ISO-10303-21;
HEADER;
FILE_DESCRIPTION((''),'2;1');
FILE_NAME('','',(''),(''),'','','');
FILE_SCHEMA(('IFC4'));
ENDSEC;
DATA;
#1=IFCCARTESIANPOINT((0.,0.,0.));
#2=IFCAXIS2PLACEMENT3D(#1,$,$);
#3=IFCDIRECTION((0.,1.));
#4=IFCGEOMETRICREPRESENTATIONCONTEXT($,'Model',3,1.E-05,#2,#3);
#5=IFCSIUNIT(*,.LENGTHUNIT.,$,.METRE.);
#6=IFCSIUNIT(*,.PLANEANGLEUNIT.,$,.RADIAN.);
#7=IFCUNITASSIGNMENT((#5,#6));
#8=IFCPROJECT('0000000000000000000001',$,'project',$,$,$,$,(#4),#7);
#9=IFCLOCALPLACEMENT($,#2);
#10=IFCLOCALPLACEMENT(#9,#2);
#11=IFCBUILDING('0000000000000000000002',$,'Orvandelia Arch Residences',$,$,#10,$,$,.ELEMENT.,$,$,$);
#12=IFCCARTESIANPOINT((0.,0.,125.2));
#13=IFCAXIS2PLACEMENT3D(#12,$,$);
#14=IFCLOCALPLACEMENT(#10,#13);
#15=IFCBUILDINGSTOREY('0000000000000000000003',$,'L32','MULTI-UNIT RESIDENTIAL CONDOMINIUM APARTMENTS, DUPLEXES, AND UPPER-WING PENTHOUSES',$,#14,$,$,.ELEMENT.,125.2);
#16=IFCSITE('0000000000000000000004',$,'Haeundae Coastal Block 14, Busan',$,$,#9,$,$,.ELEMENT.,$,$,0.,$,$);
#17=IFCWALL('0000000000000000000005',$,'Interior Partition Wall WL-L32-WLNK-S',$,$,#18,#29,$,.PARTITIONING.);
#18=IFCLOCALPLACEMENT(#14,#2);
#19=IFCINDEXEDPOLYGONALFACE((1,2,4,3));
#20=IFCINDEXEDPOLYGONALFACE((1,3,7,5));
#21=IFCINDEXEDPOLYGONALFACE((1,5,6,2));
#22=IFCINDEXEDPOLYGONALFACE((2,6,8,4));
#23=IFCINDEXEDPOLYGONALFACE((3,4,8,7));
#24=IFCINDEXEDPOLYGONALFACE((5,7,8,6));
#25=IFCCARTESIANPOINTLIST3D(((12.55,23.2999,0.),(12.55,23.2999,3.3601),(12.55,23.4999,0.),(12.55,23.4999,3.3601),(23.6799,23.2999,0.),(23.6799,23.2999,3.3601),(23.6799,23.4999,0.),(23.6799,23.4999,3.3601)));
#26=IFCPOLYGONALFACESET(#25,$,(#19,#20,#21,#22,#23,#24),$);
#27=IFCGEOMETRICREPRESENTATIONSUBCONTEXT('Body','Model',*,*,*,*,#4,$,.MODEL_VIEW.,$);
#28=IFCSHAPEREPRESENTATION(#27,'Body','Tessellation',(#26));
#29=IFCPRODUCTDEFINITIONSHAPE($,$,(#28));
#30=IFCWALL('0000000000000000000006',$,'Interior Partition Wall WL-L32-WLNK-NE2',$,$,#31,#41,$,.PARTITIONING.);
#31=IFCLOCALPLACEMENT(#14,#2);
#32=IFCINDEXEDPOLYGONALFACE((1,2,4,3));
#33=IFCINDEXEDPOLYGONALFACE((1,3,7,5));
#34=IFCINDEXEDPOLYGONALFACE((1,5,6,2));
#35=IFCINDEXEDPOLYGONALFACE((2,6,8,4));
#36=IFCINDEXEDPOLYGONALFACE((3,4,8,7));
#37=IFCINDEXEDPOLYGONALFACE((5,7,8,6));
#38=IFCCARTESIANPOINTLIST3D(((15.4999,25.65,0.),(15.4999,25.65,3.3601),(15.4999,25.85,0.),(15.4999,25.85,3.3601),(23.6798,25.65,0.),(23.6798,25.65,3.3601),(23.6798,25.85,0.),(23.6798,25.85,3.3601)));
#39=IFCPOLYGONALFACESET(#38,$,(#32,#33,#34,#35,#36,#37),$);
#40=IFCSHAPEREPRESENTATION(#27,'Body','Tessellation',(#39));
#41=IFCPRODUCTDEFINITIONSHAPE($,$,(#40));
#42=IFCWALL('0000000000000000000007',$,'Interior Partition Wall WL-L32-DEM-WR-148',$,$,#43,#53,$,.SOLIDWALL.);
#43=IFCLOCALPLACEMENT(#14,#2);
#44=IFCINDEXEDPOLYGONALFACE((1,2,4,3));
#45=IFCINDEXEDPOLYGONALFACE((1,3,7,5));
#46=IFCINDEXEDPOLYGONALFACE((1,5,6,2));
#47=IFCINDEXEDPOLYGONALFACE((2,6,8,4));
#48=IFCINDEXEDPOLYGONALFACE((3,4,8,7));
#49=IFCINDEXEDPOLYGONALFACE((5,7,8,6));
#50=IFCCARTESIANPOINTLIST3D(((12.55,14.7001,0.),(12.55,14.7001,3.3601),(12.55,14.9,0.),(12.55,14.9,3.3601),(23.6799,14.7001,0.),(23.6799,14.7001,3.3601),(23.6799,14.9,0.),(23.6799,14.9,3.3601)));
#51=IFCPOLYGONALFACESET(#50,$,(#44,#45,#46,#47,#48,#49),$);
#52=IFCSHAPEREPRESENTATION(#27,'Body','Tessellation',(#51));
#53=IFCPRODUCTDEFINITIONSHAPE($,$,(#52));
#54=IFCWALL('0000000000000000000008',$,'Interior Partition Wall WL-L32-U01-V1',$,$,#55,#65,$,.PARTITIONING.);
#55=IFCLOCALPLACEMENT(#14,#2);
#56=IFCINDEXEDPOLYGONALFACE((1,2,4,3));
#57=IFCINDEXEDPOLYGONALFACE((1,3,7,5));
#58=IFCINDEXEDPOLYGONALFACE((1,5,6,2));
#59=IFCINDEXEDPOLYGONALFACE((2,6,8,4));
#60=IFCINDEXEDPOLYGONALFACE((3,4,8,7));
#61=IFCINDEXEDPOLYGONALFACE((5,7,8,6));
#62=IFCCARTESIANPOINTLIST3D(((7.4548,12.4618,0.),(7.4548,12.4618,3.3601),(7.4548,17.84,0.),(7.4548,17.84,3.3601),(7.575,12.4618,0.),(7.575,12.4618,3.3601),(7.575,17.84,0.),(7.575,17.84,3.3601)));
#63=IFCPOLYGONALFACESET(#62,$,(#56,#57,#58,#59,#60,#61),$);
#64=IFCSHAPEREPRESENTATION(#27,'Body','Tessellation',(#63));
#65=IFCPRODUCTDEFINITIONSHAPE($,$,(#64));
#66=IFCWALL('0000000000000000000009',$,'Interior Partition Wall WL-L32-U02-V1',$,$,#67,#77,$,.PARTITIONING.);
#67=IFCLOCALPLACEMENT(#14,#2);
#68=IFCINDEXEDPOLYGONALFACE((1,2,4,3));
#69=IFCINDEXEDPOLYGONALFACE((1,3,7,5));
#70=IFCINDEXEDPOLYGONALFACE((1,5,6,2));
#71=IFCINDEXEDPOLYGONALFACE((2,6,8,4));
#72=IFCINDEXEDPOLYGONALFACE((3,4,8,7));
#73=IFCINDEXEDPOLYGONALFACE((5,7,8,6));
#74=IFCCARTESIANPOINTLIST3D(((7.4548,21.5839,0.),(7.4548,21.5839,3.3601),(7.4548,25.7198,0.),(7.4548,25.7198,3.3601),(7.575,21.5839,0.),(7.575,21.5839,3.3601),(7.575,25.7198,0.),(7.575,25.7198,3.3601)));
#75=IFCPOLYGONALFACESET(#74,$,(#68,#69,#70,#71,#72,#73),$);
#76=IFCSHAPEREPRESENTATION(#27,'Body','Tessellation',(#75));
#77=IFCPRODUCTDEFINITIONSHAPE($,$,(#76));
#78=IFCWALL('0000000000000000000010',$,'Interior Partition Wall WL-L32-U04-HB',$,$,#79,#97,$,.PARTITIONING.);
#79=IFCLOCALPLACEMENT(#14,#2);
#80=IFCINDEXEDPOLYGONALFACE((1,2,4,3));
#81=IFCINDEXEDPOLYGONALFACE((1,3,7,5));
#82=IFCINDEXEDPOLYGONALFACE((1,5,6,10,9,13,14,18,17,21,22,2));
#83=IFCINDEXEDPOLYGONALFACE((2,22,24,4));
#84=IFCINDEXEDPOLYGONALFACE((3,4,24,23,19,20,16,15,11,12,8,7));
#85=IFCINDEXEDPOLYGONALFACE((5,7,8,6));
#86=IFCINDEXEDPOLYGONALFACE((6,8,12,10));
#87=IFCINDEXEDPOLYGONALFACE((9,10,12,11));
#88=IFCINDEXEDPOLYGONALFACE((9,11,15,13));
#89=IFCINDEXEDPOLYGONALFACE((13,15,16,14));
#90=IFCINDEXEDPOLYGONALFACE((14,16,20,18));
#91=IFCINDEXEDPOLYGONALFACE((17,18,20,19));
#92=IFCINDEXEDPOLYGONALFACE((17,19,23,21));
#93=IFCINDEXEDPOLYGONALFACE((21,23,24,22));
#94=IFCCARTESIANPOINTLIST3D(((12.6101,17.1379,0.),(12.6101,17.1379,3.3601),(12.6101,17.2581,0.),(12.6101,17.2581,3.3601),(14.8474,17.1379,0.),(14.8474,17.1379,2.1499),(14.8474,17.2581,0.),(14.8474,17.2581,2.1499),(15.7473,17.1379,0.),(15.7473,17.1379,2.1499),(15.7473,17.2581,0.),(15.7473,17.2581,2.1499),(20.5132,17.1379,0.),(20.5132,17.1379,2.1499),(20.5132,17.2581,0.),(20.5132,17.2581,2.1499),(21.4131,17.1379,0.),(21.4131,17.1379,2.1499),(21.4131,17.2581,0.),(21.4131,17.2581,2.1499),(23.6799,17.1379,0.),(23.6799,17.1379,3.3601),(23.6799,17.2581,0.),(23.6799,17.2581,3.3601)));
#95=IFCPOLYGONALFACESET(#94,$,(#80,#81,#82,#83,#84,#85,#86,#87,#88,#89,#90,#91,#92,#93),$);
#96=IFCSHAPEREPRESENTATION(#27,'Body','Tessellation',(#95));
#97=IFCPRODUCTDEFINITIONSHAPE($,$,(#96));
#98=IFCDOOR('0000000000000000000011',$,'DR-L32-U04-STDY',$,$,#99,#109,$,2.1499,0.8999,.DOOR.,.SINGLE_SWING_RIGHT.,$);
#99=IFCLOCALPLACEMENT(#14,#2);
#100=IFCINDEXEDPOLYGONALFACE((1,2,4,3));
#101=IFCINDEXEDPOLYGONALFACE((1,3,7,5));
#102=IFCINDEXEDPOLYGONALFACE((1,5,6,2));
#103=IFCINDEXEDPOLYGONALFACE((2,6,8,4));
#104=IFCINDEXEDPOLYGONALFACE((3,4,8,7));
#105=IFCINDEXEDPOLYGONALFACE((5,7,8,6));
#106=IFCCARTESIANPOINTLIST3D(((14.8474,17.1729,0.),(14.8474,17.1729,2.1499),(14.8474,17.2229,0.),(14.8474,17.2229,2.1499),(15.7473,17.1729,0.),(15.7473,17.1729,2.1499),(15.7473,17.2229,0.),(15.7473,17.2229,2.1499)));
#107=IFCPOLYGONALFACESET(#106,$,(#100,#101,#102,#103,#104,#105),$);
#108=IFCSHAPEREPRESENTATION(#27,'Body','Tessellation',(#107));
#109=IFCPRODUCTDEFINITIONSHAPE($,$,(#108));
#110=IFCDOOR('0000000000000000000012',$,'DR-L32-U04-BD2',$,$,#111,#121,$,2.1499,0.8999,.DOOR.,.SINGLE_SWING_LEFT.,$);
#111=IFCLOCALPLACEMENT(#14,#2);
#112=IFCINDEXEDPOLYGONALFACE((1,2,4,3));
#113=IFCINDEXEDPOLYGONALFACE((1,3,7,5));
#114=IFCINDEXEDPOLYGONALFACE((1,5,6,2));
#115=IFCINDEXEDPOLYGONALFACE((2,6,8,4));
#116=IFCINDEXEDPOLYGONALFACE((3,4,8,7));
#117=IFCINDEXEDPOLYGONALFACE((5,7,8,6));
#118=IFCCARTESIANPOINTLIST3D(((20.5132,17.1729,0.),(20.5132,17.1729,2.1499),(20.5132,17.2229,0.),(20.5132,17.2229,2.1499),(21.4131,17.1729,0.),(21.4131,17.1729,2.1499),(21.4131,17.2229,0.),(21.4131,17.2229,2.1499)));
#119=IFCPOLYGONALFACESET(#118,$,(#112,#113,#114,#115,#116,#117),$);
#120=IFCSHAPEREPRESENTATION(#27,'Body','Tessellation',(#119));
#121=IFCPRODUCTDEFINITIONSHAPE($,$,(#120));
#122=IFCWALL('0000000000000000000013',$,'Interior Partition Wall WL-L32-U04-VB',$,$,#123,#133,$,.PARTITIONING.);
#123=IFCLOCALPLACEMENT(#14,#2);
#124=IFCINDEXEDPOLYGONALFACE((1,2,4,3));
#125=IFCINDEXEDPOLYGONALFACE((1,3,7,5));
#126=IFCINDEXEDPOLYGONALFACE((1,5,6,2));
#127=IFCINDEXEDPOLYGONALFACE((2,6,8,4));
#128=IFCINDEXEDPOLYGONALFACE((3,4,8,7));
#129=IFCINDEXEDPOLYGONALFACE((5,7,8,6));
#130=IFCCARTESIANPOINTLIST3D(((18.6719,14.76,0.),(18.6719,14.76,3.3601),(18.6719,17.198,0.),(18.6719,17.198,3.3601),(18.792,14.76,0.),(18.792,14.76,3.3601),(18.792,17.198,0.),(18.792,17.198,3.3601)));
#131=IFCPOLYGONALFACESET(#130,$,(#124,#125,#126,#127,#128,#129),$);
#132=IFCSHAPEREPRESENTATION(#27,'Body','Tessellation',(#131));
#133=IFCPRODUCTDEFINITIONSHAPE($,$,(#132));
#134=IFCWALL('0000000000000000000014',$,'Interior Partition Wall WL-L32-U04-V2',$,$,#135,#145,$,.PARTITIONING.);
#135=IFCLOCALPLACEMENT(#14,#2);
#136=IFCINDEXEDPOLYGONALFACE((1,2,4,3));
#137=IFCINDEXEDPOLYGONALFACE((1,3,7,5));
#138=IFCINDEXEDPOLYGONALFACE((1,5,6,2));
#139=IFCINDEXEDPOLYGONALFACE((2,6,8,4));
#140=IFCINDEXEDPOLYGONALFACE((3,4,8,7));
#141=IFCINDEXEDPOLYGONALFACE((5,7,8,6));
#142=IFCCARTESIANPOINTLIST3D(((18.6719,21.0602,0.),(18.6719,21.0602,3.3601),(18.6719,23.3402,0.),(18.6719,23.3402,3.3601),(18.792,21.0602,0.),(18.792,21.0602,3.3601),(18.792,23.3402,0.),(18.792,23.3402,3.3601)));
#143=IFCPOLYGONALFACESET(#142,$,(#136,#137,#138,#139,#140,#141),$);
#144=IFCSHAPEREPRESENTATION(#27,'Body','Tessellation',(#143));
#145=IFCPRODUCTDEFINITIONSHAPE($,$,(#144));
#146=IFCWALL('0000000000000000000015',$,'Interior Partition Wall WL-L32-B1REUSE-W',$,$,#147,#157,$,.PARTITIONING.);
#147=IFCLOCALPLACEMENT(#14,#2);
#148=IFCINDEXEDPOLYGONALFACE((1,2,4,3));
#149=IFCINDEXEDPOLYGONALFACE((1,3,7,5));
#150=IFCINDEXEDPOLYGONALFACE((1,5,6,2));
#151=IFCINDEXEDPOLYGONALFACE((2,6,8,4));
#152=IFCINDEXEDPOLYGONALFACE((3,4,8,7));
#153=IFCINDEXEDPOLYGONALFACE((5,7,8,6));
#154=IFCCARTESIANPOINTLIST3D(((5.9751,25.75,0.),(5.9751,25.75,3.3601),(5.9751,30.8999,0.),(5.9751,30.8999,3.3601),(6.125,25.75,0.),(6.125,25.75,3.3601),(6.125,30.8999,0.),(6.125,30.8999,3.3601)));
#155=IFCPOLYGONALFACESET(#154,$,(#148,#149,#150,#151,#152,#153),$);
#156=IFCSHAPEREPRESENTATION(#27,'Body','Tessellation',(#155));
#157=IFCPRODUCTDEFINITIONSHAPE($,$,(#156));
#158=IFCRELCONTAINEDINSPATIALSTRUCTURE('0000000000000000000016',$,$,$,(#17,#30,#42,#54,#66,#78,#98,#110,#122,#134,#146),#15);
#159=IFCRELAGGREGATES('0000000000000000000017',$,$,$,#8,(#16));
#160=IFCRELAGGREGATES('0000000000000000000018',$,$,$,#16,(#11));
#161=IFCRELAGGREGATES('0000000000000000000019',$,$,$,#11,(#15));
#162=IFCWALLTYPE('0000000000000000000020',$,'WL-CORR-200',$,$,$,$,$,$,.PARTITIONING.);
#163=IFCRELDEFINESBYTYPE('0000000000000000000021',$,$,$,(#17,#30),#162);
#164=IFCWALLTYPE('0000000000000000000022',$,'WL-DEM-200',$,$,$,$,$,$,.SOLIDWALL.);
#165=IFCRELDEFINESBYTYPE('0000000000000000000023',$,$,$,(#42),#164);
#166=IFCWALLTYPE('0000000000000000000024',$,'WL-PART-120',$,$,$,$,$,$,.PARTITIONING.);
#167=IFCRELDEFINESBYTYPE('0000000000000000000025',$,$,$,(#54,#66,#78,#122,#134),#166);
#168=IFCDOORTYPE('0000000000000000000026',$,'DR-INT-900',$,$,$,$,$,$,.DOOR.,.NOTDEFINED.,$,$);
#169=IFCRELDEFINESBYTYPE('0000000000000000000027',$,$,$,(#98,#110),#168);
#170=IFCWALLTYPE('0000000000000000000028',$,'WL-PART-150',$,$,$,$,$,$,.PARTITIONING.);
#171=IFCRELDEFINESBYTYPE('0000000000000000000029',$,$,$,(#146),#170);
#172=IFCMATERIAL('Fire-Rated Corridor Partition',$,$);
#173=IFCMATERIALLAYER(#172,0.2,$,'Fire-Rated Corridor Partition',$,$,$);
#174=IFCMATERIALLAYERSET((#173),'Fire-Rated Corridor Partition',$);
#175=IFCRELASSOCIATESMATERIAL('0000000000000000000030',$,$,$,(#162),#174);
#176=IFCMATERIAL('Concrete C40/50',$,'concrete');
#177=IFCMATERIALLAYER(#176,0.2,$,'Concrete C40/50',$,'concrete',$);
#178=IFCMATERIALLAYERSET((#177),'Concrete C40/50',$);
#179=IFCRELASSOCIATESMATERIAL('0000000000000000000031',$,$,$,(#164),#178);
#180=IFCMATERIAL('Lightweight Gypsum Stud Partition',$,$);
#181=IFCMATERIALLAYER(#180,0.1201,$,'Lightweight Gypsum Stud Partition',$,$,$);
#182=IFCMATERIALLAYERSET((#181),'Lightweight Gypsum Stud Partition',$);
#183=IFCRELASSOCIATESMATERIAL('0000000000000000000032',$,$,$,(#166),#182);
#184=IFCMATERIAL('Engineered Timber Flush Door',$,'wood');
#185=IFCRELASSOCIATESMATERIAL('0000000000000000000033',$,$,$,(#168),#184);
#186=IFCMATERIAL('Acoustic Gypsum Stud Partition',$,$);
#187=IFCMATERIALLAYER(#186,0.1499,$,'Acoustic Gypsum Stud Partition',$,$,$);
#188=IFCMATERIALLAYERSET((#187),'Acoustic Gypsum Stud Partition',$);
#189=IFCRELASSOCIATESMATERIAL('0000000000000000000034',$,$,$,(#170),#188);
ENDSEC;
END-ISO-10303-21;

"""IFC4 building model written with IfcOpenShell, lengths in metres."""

from ifc_helpers import new_model, si_unit, direction, frame, frame_2d, origin, place, context, subcontext, project, spatial, rectangle, extrude, material, layer, layer_set, type_object, element, fill, save


model = new_model("IFC4")

# Units and contexts
model_context = context("Model", 3, precision=1e-05, world=origin(), true_north=direction((0.0, 1.0)))
body_context = subcontext(model_context, "Body", "Model", "MODEL_VIEW")
ifc_project = project(units=[si_unit("LENGTHUNIT", "METRE"), si_unit("PLANEANGLEUNIT", "RADIAN")], contexts=[model_context])

# Site, building, storey
site_placement = place(None, origin())
site = spatial("IfcSite", under=ifc_project, at=site_placement, Name="Haeundae Coastal Block 14, Busan", CompositionType="ELEMENT", RefElevation=0.0)
building_placement = place(site_placement, origin())
building = spatial("IfcBuilding", under=site, at=building_placement, Name="Orvandelia Arch Residences", CompositionType="ELEMENT")
storey_placement = place(building_placement, frame((0.0, 0.0, 125.2)))
storey = spatial("IfcBuildingStorey", under=building, at=storey_placement, Name="L32", Description="MULTI-UNIT RESIDENTIAL CONDOMINIUM APARTMENTS, DUPLEXES, AND UPPER-WING PENTHOUSES", CompositionType="ELEMENT", Elevation=125.2)

# Walls
ifc_material_1 = material(Name="Fire-Rated Corridor Partition")
ifc_layer_1 = layer(ifc_material_1, 0.2, Name="Fire-Rated Corridor Partition")
ifc_layer_set_1 = layer_set([ifc_layer_1], Name="Fire-Rated Corridor Partition")
wall_type_1 = type_object("IfcWallType", Name="WL-CORR-200", PredefinedType="PARTITIONING", material=ifc_layer_set_1)
wall_1_placement = place(storey_placement, frame((12.55, 23.3999, 0.0), z_axis=(0.0, 0.0, 1.0), x_axis=(1.0, 0.0, 0.0)))
element("IfcWall", 1, at=wall_1_placement, inside=storey, type_object=wall_type_1, Name="Interior Partition Wall WL-L32-WLNK-S", PredefinedType="PARTITIONING", context=body_context, shape_type="SweptSolid", body=[
    extrude(rectangle(XDim=11.1299, YDim=0.2, at=frame_2d((5.5649, 0.0))), origin(), (0.0, 0.0, 1.0), 3.3601),
])
wall_2_placement = place(storey_placement, frame((15.5, 25.75, 0.0), z_axis=(0.0, 0.0, 1.0), x_axis=(1.0, 0.0, 0.0)))
element("IfcWall", 2, at=wall_2_placement, inside=storey, type_object=wall_type_1, Name="Interior Partition Wall WL-L32-WLNK-NE2", PredefinedType="PARTITIONING", context=body_context, shape_type="SweptSolid", body=[
    extrude(rectangle(XDim=8.1799, YDim=0.2, at=frame_2d((4.0898, 0.0))), origin(), (0.0, 0.0, 1.0), 3.3601),
])
ifc_material_2 = material(Name="Concrete C40/50", Category="concrete")
ifc_layer_2 = layer(ifc_material_2, 0.2, Name="Concrete C40/50", Category="concrete")
ifc_layer_set_2 = layer_set([ifc_layer_2], Name="Concrete C40/50")
wall_type_2 = type_object("IfcWallType", Name="WL-DEM-200", PredefinedType="SOLIDWALL", material=ifc_layer_set_2)
wall_3_placement = place(storey_placement, frame((12.55, 14.8, 0.0), z_axis=(0.0, 0.0, 1.0), x_axis=(1.0, 0.0, 0.0)))
element("IfcWall", 3, at=wall_3_placement, inside=storey, type_object=wall_type_2, Name="Interior Partition Wall WL-L32-DEM-WR-148", PredefinedType="SOLIDWALL", context=body_context, shape_type="SweptSolid", body=[
    extrude(rectangle(XDim=11.1299, YDim=0.2, at=frame_2d((5.5649, 0.0))), origin(), (0.0, 0.0, 1.0), 3.3601),
])
ifc_material_3 = material(Name="Lightweight Gypsum Stud Partition")
ifc_layer_3 = layer(ifc_material_3, 0.1201, Name="Lightweight Gypsum Stud Partition")
ifc_layer_set_3 = layer_set([ifc_layer_3], Name="Lightweight Gypsum Stud Partition")
wall_type_3 = type_object("IfcWallType", Name="WL-PART-120", PredefinedType="PARTITIONING", material=ifc_layer_set_3)
wall_4_placement = place(storey_placement, frame((7.5149, 12.4619, 0.0), z_axis=(0.0, 0.0, 1.0), x_axis=(0.0, 1.0, 0.0)))
element("IfcWall", 4, at=wall_4_placement, inside=storey, type_object=wall_type_3, Name="Interior Partition Wall WL-L32-U01-V1", PredefinedType="PARTITIONING", context=body_context, shape_type="SweptSolid", body=[
    extrude(rectangle(XDim=5.3782, YDim=0.1201, at=frame_2d((2.689, 0.0))), origin(), (0.0, 0.0, 1.0), 3.3601),
])
wall_5_placement = place(storey_placement, frame((7.5149, 21.584, 0.0), z_axis=(0.0, 0.0, 1.0), x_axis=(0.0, 1.0, 0.0)))
element("IfcWall", 5, at=wall_5_placement, inside=storey, type_object=wall_type_3, Name="Interior Partition Wall WL-L32-U02-V1", PredefinedType="PARTITIONING", context=body_context, shape_type="SweptSolid", body=[
    extrude(rectangle(XDim=4.136, YDim=0.1201, at=frame_2d((2.0679, 0.0))), origin(), (0.0, 0.0, 1.0), 3.3601),
])

# Wall, openings, doors
wall_6_placement = place(storey_placement, frame((12.6101, 17.198, 0.0), z_axis=(0.0, 0.0, 1.0), x_axis=(1.0, 0.0, 0.0)))
wall_6 = element("IfcWall", 6, at=wall_6_placement, inside=storey, type_object=wall_type_3, Name="Interior Partition Wall WL-L32-U04-HB", PredefinedType="PARTITIONING", context=body_context, shape_type="SweptSolid", body=[
    extrude(rectangle(XDim=11.0698, YDim=0.1201, at=frame_2d((5.5349, 0.0))), origin(), (0.0, 0.0, 1.0), 3.3601),
])
opening_1_placement = place(wall_6_placement, frame((2.2373, 0.0, 0.0)))
opening_1 = element("IfcOpeningElement", 7, at=opening_1_placement, cuts=wall_6, PredefinedType="OPENING", context=body_context, shape_type="SweptSolid", body=[
    extrude(rectangle(XDim=0.8999, YDim=2.1499, at=frame_2d((0.45, 1.075))), frame((0.0, 0.0701, 0.0), z_axis=(0.0, -1.0, 0.0), x_axis=(1.0, 0.0, 0.0)), (0.0, 0.0, 1.0), 0.1401),
])
opening_2_placement = place(wall_6_placement, frame((7.9031, 0.0, 0.0)))
opening_2 = element("IfcOpeningElement", 8, at=opening_2_placement, cuts=wall_6, PredefinedType="OPENING", context=body_context, shape_type="SweptSolid", body=[
    extrude(rectangle(XDim=0.8999, YDim=2.1499, at=frame_2d((0.45, 1.075))), frame((0.0, 0.0701, 0.0), z_axis=(0.0, -1.0, 0.0), x_axis=(1.0, 0.0, 0.0)), (0.0, 0.0, 1.0), 0.1401),
])
ifc_material_4 = material(Name="Engineered Timber Flush Door", Category="wood")
door_type_1 = type_object("IfcDoorType", Name="DR-INT-900", OperationType="NOTDEFINED", PredefinedType="DOOR", material=ifc_material_4)
door_1_placement = place(opening_1_placement, origin())
door_1 = element("IfcDoor", 9, at=door_1_placement, inside=storey, type_object=door_type_1, Name="DR-L32-U04-STDY", OperationType="SINGLE_SWING_RIGHT", OverallHeight=2.1499, OverallWidth=0.8999, PredefinedType="DOOR", context=body_context, shape_type="SweptSolid", body=[
    extrude(rectangle(XDim=0.8999, YDim=2.1499, at=frame_2d((0.45, 1.075))), frame((0.0, 0.0249, 0.0), z_axis=(0.0, -1.0, 0.0), x_axis=(1.0, 0.0, 0.0)), (0.0, 0.0, 1.0), 0.05),
])
fill(opening_1, door_1)
door_2_placement = place(opening_2_placement, origin())
door_2 = element("IfcDoor", 10, at=door_2_placement, inside=storey, type_object=door_type_1, Name="DR-L32-U04-BD2", OperationType="SINGLE_SWING_LEFT", OverallHeight=2.1499, OverallWidth=0.8999, PredefinedType="DOOR", context=body_context, shape_type="SweptSolid", body=[
    extrude(rectangle(XDim=0.8999, YDim=2.1499, at=frame_2d((0.45, 1.075))), frame((0.0, 0.0249, 0.0), z_axis=(0.0, -1.0, 0.0), x_axis=(1.0, 0.0, 0.0)), (0.0, 0.0, 1.0), 0.05),
])
fill(opening_2, door_2)

# Walls
wall_7_placement = place(storey_placement, frame((18.7319, 14.76, 0.0), z_axis=(0.0, 0.0, 1.0), x_axis=(0.0, 1.0, 0.0)))
element("IfcWall", 11, at=wall_7_placement, inside=storey, type_object=wall_type_3, Name="Interior Partition Wall WL-L32-U04-VB", PredefinedType="PARTITIONING", context=body_context, shape_type="SweptSolid", body=[
    extrude(rectangle(XDim=2.438, YDim=0.1201, at=frame_2d((1.219, 0.0))), origin(), (0.0, 0.0, 1.0), 3.3601),
])
wall_8_placement = place(storey_placement, frame((18.7319, 21.0601, 0.0), z_axis=(0.0, 0.0, 1.0), x_axis=(0.0, 1.0, 0.0)))
element("IfcWall", 12, at=wall_8_placement, inside=storey, type_object=wall_type_3, Name="Interior Partition Wall WL-L32-U04-V2", PredefinedType="PARTITIONING", context=body_context, shape_type="SweptSolid", body=[
    extrude(rectangle(XDim=2.28, YDim=0.1201, at=frame_2d((1.1401, 0.0))), origin(), (0.0, 0.0, 1.0), 3.3601),
])
ifc_material_5 = material(Name="Acoustic Gypsum Stud Partition")
ifc_layer_4 = layer(ifc_material_5, 0.1499, Name="Acoustic Gypsum Stud Partition")
ifc_layer_set_4 = layer_set([ifc_layer_4], Name="Acoustic Gypsum Stud Partition")
wall_type_4 = type_object("IfcWallType", Name="WL-PART-150", PredefinedType="PARTITIONING", material=ifc_layer_set_4)
wall_9_placement = place(storey_placement, frame((6.05, 25.75, 0.0), z_axis=(0.0, 0.0, 1.0), x_axis=(0.0, 1.0, 0.0)))
element("IfcWall", 13, at=wall_9_placement, inside=storey, type_object=wall_type_4, Name="Interior Partition Wall WL-L32-B1REUSE-W", PredefinedType="PARTITIONING", context=body_context, shape_type="SweptSolid", body=[
    extrude(rectangle(XDim=5.1499, YDim=0.1499, at=frame_2d((2.575, 0.0))), origin(), (0.0, 0.0, 1.0), 3.3601),
])

save(model, "model.ifc")
